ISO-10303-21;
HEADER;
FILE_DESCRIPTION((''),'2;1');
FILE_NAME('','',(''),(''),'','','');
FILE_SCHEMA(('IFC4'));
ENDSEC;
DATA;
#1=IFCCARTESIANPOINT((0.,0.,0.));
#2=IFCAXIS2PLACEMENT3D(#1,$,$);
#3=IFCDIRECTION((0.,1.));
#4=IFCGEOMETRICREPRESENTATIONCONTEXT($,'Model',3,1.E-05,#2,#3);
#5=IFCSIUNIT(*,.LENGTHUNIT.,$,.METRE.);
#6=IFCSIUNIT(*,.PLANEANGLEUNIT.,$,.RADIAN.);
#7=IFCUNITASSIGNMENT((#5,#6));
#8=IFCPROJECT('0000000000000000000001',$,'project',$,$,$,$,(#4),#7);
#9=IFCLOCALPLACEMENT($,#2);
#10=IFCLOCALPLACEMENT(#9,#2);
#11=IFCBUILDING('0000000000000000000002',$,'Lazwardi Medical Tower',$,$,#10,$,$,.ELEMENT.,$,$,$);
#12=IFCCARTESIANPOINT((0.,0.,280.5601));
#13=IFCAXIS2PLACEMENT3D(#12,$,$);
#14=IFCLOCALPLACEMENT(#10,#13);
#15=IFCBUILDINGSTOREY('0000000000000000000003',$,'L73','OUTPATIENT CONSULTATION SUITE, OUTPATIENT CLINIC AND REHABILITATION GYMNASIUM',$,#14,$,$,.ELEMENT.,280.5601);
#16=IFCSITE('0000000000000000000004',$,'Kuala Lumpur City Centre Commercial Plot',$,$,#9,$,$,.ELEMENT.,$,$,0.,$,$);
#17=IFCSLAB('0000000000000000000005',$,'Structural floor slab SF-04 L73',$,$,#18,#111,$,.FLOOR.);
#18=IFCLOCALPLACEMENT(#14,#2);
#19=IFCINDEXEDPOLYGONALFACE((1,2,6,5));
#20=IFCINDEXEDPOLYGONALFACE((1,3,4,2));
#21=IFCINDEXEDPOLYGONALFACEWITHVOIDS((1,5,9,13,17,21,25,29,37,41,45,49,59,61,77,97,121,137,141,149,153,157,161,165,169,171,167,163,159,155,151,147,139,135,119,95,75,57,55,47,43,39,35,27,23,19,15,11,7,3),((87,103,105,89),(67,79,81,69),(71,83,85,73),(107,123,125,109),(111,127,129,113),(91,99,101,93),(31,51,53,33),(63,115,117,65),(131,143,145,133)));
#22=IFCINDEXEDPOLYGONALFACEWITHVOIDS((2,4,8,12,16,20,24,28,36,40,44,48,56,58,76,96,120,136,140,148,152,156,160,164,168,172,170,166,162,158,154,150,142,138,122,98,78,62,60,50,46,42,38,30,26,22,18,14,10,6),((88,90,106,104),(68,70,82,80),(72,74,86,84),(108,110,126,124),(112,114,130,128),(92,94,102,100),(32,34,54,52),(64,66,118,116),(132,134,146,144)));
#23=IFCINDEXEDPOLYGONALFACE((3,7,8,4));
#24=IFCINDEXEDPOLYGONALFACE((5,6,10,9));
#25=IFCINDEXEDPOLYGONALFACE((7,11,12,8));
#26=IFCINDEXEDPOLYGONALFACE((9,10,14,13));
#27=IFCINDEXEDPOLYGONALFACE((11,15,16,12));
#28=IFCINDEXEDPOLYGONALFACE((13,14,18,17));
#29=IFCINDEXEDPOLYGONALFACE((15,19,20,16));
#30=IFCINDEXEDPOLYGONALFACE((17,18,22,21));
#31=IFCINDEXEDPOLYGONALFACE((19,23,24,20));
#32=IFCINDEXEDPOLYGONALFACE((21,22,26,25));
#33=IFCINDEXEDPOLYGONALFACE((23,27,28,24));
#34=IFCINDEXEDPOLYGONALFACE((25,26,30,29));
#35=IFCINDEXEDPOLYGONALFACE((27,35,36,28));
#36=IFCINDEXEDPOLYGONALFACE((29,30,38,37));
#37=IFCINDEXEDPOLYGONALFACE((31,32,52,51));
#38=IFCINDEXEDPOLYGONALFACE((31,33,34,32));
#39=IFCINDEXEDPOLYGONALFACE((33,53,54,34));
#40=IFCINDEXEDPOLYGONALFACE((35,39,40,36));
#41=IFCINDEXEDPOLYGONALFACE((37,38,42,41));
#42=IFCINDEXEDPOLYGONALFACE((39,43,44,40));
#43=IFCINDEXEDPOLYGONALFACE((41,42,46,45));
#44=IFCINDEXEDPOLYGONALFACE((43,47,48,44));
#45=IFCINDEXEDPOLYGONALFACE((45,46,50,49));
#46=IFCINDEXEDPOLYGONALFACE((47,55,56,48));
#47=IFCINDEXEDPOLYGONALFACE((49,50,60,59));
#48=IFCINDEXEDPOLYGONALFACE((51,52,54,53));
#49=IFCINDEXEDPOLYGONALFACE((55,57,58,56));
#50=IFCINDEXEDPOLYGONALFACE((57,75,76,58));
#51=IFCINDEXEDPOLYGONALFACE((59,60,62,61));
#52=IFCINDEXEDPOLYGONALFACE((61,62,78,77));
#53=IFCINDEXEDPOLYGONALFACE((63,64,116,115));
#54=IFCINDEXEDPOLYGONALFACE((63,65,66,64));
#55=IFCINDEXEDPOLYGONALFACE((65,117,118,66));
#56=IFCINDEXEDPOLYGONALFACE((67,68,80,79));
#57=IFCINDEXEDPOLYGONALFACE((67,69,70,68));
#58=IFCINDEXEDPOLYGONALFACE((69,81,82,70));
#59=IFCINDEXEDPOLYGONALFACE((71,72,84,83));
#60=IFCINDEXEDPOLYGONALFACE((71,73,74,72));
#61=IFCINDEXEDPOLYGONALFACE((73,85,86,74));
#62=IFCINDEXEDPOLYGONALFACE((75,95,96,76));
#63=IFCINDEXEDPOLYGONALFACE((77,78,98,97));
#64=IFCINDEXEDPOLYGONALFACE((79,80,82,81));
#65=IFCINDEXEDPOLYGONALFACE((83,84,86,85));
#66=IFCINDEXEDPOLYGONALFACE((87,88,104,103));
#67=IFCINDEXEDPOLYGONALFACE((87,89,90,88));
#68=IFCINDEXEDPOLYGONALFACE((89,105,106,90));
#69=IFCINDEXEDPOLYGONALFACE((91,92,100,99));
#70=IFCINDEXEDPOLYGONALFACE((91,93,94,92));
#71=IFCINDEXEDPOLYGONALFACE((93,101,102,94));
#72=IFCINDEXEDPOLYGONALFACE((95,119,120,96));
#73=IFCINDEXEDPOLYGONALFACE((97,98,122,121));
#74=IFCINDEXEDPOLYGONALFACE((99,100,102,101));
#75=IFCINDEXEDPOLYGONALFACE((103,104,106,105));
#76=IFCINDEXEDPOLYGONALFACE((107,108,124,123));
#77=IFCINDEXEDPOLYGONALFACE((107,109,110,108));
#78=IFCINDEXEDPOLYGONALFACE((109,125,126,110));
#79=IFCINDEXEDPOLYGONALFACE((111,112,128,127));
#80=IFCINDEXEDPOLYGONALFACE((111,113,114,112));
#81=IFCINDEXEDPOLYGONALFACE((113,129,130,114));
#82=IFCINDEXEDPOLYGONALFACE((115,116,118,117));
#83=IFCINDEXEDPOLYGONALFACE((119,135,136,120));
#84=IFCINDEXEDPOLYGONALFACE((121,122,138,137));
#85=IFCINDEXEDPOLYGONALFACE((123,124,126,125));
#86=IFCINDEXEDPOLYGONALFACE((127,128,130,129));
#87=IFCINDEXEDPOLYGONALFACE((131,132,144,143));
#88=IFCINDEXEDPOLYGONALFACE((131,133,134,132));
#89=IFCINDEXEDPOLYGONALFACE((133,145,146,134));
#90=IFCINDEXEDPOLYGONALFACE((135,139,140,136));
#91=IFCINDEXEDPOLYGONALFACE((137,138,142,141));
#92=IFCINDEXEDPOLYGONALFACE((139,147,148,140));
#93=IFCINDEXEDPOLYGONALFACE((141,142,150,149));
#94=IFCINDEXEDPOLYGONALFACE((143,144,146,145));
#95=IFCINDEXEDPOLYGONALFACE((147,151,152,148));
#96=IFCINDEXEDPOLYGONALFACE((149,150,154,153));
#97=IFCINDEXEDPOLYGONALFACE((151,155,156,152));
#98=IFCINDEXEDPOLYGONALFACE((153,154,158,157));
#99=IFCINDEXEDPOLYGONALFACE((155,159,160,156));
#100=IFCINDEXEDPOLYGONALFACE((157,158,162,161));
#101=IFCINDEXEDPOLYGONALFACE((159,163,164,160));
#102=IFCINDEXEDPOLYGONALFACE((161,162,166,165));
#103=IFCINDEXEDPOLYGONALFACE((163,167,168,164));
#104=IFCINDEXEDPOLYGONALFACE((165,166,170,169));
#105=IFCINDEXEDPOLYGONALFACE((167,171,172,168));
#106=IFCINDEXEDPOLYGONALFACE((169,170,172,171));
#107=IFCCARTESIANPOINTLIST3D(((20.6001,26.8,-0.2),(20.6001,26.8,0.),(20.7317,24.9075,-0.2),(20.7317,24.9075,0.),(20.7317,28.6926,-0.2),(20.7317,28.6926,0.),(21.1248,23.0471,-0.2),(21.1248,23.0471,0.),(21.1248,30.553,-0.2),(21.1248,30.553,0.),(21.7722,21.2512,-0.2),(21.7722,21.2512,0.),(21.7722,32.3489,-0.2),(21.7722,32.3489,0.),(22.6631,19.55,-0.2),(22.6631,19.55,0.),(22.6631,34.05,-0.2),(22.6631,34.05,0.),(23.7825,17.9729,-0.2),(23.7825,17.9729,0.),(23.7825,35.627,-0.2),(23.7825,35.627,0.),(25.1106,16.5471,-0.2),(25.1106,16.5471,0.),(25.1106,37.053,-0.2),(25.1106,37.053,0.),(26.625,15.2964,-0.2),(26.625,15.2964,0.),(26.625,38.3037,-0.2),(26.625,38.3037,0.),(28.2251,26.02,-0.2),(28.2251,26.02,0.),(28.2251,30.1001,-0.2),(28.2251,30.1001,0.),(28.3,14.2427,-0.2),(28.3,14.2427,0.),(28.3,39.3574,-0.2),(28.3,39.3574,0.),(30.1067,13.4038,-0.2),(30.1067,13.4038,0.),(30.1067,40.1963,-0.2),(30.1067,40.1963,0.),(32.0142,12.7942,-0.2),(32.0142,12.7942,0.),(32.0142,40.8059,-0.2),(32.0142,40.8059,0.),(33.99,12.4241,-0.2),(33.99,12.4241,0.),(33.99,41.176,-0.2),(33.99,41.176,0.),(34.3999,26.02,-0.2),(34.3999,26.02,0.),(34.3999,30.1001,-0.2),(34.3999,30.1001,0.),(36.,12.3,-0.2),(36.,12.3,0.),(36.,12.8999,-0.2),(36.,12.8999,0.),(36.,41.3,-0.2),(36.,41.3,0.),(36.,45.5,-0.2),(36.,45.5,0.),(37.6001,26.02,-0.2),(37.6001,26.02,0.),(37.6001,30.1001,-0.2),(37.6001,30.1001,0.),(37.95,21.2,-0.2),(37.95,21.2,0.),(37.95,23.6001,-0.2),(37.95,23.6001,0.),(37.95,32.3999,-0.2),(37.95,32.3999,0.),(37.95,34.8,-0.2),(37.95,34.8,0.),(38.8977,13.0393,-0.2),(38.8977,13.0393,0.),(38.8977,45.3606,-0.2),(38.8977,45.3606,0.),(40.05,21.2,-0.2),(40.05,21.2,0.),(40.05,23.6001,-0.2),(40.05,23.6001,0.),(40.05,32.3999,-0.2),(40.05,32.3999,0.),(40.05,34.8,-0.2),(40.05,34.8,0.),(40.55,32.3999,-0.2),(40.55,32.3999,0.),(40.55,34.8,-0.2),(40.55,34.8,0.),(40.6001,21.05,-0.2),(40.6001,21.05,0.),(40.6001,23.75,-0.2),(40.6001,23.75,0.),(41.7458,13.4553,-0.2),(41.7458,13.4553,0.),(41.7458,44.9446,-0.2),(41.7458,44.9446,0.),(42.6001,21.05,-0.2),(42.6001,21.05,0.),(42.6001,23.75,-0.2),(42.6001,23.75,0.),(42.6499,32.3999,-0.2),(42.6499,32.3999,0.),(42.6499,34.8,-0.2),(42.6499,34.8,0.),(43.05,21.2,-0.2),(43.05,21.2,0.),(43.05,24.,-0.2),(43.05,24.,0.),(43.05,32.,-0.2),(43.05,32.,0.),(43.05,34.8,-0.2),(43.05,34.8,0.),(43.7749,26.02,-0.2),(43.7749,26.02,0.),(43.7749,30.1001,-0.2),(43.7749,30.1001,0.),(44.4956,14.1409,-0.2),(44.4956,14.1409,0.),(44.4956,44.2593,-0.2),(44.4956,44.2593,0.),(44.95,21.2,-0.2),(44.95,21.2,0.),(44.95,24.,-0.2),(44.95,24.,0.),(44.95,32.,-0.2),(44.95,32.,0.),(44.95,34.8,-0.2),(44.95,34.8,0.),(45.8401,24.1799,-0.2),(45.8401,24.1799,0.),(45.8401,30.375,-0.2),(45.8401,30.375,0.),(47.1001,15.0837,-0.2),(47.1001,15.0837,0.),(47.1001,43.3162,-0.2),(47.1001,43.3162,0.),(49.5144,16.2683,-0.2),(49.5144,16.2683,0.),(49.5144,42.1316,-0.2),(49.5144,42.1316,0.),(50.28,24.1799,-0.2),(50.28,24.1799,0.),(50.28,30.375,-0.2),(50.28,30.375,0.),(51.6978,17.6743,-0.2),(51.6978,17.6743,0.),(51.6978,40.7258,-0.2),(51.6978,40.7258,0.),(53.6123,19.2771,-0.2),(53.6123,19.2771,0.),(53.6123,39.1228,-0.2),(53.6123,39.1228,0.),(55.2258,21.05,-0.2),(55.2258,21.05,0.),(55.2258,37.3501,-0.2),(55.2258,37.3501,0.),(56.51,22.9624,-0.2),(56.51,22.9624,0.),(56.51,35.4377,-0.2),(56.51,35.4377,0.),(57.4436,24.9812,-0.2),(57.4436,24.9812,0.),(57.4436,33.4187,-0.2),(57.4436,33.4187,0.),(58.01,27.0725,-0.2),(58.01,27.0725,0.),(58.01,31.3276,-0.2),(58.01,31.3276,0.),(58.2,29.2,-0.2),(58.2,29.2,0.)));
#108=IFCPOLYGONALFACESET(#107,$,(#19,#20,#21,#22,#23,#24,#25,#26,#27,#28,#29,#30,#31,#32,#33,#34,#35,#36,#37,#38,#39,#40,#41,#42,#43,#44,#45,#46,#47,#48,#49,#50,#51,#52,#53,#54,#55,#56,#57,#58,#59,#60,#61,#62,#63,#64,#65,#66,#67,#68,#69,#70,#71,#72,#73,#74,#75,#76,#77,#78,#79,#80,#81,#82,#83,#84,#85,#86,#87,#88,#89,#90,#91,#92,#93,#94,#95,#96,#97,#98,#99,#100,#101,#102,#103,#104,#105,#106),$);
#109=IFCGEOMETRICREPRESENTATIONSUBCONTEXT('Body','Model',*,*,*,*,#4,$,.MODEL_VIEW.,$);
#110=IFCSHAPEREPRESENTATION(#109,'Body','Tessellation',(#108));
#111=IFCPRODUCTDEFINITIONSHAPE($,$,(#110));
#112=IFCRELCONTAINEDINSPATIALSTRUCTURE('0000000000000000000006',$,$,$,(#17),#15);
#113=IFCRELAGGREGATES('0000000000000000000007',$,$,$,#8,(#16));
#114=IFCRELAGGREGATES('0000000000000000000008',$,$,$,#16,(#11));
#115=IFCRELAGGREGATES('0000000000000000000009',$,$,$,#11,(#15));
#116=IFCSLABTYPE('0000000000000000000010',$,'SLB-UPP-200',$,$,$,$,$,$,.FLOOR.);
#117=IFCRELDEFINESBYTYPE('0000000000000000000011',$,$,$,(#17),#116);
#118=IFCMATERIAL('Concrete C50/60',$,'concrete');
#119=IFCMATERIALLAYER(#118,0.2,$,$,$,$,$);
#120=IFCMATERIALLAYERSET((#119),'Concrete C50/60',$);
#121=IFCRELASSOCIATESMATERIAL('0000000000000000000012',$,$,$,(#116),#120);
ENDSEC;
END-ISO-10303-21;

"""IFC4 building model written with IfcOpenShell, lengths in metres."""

from ifc_helpers import new_model, si_unit, direction, frame, origin, place, context, subcontext, project, spatial, polyline, outline, extrude, material, layer, layer_set, type_object, element, save


model = new_model("IFC4")

# Units and contexts
model_context = context("Model", 3, precision=1e-05, world=origin(), true_north=direction((0.0, 1.0)))
body_context = subcontext(model_context, "Body", "Model", "MODEL_VIEW")
ifc_project = project(units=[si_unit("LENGTHUNIT", "METRE"), si_unit("PLANEANGLEUNIT", "RADIAN")], contexts=[model_context])

# Site, building, storey
site_placement = place(None, origin())
site = spatial("IfcSite", under=ifc_project, at=site_placement, Name="Kuala Lumpur City Centre Commercial Plot", CompositionType="ELEMENT", RefElevation=0.0)
building_placement = place(site_placement, origin())
building = spatial("IfcBuilding", under=site, at=building_placement, Name="Lazwardi Medical Tower", CompositionType="ELEMENT")
storey_placement = place(building_placement, frame((0.0, 0.0, 280.5601)))
storey = spatial("IfcBuildingStorey", under=building, at=storey_placement, Name="L73", Description="OUTPATIENT CONSULTATION SUITE, OUTPATIENT CLINIC AND REHABILITATION GYMNASIUM", CompositionType="ELEMENT", Elevation=280.5601)

# Slab
ifc_material_1 = material(Name="Concrete C50/60", Category="concrete")
ifc_layer_1 = layer(ifc_material_1, 0.2)
ifc_layer_set_1 = layer_set([ifc_layer_1], Name="Concrete C50/60")
slab_type = type_object("IfcSlabType", Name="SLB-UPP-200", PredefinedType="FLOOR", material=ifc_layer_set_1)
slab_placement = place(storey_placement, frame((0.0, 0.0, -0.2)))
element("IfcSlab", 1, at=slab_placement, inside=storey, type_object=slab_type, Name="Structural floor slab SF-04 L73", PredefinedType="FLOOR", context=body_context, shape_type="SweptSolid", body=[
    extrude(outline(polyline([(23.7825, 17.9729), (25.1106, 16.5471), (26.625, 15.2964), (28.3, 14.2427), (30.1067, 13.4038), (32.0142, 12.7942), (33.99, 12.4241), (36.0, 12.3), (36.0, 12.8999), (38.8977, 13.0393), (41.7458, 13.4553), (44.4956, 14.1409), (47.1001, 15.0837), (49.5144, 16.2683), (51.6978, 17.6743), (53.6123, 19.2771), (55.2258, 21.05), (56.51, 22.9624), (57.4436, 24.9812), (58.01, 27.0725), (58.2, 29.2), (58.01, 31.3276), (57.4436, 33.4187), (56.51, 35.4377), (55.2258, 37.3501), (53.6123, 39.1228), (51.6978, 40.7258), (49.5144, 42.1316), (47.1001, 43.3162), (44.4956, 44.2593), (41.7458, 44.9446), (38.8977, 45.3606), (36.0, 45.5), (36.0, 41.3), (33.99, 41.176), (32.0142, 40.8059), (30.1067, 40.1963), (28.3, 39.3574), (26.625, 38.3037), (25.1106, 37.053), (23.7825, 35.627), (22.6631, 34.05), (21.7722, 32.3489), (21.1248, 30.553), (20.7317, 28.6926), (20.6001, 26.8), (20.7317, 24.9075), (21.1248, 23.0471), (21.7722, 21.2512), (22.6631, 19.55), (23.7825, 17.9729)]), holes=[polyline([(28.2251, 26.02), (28.2251, 30.1001), (34.3999, 30.1001), (34.3999, 26.02), (28.2251, 26.02)]), polyline([(37.6001, 30.1001), (43.7749, 30.1001), (43.7749, 26.02), (37.6001, 26.02), (37.6001, 30.1001)]), polyline([(50.28, 30.375), (50.28, 24.1799), (45.8401, 24.1799), (45.8401, 30.375), (50.28, 30.375)]), polyline([(40.05, 32.3999), (37.95, 32.3999), (37.95, 34.8), (40.05, 34.8), (40.05, 32.3999)]), polyline([(40.55, 32.3999), (40.55, 34.8), (42.6499, 34.8), (42.6499, 32.3999), (40.55, 32.3999)]), polyline([(37.95, 23.6001), (40.05, 23.6001), (40.05, 21.2), (37.95, 21.2), (37.95, 23.6001)]), polyline([(44.95, 34.8), (44.95, 32.0), (43.05, 32.0), (43.05, 34.8), (44.95, 34.8)]), polyline([(44.95, 21.2), (43.05, 21.2), (43.05, 24.0), (44.95, 24.0), (44.95, 21.2)]), polyline([(40.6001, 21.05), (40.6001, 23.75), (42.6001, 23.75), (42.6001, 21.05), (40.6001, 21.05)])]), origin(), (0.0, 0.0, 1.0), 0.2),
])

save(model, "model.ifc")
